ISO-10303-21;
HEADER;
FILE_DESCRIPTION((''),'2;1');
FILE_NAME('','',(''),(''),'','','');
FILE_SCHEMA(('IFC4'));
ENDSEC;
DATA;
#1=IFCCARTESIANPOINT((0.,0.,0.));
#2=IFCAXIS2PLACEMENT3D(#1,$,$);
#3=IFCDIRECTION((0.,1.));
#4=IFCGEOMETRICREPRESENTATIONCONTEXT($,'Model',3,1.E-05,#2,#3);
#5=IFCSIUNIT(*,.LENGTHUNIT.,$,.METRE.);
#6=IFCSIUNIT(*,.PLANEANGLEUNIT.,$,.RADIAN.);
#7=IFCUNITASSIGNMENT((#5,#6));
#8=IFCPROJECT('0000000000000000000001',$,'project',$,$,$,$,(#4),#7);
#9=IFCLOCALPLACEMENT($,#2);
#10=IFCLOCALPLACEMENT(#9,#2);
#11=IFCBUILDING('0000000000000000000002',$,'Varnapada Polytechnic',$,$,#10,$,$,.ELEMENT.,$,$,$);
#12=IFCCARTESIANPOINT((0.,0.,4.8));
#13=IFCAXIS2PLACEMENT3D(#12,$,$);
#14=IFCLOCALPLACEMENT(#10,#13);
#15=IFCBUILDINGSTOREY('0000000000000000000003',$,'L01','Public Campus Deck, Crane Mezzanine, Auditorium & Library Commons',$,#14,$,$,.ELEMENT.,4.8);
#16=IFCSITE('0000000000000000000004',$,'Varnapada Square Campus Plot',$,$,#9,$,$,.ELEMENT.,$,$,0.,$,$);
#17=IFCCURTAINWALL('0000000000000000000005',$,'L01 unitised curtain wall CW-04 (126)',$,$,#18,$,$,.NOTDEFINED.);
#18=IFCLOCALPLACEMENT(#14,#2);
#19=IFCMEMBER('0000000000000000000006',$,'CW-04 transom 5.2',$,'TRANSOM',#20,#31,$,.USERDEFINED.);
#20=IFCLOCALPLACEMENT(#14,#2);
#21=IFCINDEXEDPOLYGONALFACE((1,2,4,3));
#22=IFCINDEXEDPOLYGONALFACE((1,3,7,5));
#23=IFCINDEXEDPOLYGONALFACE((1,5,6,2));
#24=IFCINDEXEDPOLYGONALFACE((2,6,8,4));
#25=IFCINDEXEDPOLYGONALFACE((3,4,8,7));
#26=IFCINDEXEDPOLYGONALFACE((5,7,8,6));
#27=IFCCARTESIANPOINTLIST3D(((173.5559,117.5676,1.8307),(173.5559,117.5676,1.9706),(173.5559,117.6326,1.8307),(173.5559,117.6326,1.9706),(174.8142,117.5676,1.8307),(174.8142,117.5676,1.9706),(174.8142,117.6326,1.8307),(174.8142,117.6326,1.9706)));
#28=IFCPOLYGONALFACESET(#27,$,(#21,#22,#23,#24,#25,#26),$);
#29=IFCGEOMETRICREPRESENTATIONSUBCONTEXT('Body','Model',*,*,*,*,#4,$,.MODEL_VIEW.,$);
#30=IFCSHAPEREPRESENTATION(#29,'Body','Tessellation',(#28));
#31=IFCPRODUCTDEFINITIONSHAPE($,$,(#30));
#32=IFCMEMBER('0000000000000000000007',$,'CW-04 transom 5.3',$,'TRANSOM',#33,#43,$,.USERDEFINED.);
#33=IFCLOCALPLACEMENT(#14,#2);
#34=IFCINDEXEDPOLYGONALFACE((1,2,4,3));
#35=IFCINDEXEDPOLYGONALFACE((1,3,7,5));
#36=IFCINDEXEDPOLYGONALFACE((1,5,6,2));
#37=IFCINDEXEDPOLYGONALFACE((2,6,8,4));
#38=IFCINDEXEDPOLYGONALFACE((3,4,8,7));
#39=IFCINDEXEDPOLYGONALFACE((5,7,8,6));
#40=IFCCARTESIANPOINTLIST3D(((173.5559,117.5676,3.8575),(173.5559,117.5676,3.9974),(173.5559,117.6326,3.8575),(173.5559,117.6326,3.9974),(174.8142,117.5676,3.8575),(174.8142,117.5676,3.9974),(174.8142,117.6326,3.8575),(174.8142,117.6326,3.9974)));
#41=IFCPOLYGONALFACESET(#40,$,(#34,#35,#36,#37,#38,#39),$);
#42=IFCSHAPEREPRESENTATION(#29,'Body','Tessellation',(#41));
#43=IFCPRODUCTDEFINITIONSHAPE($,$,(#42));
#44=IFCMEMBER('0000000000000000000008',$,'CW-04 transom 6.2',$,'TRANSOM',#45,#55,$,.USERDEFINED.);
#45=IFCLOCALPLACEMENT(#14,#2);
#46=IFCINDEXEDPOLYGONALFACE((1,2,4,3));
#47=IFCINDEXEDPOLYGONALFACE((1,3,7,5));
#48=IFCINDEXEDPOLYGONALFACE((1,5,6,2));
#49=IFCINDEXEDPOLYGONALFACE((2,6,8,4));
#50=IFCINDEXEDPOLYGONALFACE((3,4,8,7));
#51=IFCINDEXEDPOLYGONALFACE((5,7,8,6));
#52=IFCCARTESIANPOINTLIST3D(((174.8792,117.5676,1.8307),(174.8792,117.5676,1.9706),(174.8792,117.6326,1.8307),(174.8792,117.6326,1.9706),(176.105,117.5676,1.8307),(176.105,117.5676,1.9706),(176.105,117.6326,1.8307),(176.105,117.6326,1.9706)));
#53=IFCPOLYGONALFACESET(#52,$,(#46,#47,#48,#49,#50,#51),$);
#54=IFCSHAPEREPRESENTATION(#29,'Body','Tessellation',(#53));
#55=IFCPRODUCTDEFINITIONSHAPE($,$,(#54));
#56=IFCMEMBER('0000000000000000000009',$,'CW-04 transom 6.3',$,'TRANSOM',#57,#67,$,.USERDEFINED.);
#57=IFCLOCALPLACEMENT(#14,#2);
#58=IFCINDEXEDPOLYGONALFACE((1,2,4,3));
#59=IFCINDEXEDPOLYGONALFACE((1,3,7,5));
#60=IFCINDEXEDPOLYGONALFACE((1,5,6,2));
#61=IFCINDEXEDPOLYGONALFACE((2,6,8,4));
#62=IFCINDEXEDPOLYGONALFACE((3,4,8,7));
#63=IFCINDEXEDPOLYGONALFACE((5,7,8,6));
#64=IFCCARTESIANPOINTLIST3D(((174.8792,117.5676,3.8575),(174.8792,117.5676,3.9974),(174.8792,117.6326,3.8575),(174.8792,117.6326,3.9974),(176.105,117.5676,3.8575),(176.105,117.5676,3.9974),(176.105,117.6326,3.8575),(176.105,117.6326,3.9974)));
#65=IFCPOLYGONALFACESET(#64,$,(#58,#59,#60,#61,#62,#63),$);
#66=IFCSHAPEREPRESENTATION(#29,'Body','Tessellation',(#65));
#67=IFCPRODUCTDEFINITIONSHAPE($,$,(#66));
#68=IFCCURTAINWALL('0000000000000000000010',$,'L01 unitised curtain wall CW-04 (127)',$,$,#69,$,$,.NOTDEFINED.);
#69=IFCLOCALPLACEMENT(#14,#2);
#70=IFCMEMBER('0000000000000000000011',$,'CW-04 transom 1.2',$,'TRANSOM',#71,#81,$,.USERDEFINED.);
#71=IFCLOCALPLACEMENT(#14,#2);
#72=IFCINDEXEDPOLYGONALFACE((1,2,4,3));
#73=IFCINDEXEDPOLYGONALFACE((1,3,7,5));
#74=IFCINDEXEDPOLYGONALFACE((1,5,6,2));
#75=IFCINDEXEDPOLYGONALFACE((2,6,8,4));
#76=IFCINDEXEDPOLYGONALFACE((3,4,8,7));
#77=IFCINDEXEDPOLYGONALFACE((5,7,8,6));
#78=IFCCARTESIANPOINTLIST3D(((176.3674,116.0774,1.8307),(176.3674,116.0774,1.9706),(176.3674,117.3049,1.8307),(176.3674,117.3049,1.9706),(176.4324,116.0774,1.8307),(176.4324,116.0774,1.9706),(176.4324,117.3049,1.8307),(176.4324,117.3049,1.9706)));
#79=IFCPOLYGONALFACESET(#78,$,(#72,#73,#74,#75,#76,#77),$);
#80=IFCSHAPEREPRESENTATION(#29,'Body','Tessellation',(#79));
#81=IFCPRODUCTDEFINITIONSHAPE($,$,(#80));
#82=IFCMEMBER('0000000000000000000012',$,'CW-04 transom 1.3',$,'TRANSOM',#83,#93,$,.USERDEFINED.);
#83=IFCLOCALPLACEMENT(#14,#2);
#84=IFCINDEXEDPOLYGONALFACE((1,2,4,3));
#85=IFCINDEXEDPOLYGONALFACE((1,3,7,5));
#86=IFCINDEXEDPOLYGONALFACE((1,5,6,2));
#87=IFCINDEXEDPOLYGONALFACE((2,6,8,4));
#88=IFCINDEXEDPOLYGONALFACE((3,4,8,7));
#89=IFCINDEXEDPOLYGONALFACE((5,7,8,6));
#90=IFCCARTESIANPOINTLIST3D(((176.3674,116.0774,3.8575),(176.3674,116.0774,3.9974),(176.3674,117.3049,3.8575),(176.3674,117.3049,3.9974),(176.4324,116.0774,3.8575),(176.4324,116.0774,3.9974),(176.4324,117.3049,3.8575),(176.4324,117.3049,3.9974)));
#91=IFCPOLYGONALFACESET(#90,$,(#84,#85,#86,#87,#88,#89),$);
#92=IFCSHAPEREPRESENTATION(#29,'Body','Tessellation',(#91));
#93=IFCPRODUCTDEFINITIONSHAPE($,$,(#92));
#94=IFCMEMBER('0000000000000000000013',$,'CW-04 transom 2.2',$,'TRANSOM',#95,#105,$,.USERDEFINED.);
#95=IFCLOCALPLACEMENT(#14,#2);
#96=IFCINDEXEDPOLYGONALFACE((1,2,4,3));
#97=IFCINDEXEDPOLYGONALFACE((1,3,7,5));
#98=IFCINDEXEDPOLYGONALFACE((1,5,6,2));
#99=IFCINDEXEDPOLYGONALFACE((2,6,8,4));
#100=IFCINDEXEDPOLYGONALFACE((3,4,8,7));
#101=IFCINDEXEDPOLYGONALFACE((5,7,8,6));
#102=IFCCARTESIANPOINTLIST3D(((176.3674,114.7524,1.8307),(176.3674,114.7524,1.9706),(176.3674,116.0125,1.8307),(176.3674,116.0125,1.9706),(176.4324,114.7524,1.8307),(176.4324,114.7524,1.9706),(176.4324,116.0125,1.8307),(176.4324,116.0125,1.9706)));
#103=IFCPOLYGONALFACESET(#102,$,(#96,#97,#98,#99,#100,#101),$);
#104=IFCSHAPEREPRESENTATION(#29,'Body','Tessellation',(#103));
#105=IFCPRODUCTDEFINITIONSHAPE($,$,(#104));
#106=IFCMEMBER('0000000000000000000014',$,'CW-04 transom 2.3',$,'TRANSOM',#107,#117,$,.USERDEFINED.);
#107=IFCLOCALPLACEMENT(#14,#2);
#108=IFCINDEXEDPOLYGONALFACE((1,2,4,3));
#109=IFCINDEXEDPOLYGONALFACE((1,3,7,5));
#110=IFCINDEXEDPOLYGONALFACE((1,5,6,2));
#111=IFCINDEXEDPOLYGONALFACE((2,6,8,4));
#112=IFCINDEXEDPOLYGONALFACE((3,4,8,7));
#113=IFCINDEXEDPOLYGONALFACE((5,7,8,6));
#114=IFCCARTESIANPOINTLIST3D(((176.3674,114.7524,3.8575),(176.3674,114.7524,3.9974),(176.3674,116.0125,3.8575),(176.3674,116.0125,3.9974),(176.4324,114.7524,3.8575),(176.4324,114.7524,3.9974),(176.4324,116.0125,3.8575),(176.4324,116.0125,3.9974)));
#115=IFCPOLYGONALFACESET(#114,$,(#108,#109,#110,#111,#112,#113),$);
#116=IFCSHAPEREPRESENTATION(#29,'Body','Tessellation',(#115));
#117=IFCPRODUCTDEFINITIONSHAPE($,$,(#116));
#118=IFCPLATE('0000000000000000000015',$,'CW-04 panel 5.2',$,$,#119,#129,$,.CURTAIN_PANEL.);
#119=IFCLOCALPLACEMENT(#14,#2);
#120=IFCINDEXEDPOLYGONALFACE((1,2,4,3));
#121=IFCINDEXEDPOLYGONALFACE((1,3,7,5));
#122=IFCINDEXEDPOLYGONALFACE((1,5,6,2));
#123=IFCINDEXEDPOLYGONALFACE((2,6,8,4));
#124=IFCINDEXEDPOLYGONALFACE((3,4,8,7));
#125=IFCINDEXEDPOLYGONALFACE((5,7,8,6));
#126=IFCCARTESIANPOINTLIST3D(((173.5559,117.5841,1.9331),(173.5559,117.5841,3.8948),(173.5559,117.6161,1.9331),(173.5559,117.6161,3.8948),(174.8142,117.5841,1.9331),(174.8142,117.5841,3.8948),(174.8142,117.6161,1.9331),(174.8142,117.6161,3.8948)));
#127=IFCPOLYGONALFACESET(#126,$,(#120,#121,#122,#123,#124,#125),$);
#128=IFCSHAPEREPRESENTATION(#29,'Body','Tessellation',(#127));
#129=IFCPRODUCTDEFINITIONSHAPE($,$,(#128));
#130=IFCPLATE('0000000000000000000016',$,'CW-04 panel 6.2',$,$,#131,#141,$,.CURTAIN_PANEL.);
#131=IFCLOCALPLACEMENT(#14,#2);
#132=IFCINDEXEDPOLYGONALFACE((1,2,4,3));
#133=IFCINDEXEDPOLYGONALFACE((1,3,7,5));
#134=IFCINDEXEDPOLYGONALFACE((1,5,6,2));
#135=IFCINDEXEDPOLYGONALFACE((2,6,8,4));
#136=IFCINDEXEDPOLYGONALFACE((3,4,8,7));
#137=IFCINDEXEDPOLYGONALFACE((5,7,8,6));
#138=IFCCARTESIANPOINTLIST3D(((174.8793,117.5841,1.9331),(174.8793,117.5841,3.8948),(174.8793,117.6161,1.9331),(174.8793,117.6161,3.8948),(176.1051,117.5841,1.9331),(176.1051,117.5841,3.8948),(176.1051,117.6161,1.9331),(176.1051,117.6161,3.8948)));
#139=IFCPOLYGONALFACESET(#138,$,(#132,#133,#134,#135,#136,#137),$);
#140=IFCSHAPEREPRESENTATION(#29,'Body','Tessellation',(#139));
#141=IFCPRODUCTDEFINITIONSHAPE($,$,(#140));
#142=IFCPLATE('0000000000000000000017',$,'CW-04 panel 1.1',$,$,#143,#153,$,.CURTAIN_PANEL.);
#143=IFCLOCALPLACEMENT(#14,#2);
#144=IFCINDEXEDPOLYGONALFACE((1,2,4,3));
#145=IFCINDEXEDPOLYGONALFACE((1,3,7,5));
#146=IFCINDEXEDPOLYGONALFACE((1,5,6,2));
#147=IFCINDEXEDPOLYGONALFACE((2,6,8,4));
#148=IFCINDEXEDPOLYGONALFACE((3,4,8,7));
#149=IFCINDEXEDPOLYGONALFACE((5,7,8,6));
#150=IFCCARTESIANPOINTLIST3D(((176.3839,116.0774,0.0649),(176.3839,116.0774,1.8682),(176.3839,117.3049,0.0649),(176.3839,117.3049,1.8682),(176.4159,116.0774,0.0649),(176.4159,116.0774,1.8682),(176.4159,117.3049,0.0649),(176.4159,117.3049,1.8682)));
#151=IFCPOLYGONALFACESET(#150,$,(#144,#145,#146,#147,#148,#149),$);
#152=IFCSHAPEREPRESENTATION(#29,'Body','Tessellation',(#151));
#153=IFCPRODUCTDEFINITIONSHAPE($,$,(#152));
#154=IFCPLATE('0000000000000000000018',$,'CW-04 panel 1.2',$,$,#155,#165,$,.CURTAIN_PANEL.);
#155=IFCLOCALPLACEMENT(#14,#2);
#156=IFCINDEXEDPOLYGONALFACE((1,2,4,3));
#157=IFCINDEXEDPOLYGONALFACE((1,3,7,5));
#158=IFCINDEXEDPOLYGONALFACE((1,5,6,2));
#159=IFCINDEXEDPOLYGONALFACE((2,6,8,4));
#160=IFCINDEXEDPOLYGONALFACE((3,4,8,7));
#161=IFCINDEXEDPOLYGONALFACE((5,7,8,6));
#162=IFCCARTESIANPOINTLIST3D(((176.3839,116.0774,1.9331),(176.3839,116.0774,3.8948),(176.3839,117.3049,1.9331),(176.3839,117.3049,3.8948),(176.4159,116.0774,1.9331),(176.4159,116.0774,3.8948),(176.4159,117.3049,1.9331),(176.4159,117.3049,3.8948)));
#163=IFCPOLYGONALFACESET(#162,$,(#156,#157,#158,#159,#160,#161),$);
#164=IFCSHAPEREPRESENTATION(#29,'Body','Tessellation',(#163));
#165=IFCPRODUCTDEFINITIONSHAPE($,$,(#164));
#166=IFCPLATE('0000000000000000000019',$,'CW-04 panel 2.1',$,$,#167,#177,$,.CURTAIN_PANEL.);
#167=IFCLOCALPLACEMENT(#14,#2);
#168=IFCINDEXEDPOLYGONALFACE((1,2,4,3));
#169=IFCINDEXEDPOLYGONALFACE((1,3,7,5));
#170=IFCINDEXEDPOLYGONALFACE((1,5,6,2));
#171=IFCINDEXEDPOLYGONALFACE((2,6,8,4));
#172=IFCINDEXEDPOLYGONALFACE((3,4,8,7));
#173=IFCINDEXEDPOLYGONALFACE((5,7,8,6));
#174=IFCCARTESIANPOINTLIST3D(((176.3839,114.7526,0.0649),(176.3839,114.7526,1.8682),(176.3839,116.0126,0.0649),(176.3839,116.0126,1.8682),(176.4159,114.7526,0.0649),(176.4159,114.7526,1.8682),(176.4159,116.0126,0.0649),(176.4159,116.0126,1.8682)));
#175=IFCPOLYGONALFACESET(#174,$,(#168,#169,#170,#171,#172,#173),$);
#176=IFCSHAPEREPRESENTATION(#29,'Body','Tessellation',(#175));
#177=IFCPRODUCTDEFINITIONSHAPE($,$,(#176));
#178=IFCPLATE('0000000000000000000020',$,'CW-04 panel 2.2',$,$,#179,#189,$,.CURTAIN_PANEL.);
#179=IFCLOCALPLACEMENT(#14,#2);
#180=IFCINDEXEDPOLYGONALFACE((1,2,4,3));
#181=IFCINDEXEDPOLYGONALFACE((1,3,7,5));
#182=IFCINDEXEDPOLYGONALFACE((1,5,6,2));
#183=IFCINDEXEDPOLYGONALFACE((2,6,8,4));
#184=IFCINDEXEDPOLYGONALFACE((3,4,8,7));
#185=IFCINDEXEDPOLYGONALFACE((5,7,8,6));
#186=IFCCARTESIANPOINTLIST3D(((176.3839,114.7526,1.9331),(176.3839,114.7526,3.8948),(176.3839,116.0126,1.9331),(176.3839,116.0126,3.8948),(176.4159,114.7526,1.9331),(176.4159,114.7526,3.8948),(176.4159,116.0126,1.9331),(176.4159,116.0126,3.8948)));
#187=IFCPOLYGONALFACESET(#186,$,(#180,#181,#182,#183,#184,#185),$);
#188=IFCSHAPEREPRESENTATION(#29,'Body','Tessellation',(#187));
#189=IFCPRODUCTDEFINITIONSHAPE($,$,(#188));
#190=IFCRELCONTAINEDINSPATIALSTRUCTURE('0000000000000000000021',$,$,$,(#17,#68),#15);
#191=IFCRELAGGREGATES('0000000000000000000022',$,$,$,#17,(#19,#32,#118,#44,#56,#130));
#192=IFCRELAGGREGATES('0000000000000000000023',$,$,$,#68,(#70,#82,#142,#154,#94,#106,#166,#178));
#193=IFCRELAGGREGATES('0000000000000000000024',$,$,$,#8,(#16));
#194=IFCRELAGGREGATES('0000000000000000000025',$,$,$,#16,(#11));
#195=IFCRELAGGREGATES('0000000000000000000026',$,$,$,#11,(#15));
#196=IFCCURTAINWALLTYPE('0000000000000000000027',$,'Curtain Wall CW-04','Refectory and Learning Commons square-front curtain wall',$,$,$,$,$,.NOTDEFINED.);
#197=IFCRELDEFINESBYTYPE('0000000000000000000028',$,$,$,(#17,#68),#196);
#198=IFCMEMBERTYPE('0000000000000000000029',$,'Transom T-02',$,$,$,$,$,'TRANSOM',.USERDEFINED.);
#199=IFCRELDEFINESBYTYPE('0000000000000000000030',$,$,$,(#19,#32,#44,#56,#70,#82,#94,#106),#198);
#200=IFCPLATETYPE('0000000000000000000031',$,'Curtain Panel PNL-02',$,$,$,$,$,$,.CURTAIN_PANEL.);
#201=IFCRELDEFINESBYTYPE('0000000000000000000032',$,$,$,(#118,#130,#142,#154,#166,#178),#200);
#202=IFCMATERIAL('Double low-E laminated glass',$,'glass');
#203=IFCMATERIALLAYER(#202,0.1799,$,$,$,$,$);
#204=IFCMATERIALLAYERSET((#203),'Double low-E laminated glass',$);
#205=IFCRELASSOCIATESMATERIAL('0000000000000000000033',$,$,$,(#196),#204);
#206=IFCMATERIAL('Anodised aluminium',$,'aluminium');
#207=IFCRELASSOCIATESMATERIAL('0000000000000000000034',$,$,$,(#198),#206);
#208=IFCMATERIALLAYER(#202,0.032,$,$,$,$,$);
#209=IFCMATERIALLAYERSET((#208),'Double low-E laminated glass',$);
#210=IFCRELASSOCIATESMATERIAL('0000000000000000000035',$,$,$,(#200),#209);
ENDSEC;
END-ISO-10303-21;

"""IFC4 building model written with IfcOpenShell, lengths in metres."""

from ifc_helpers import new_model, si_unit, direction, frame, origin, origin_2d, place, context, subcontext, project, spatial, rectangle, extrude, material, layer, layer_set, material_profile, profile_set, type_object, element, aggregate, save


model = new_model("IFC4")

# Units and contexts
model_context = context("Model", 3, precision=1e-05, world=origin(), true_north=direction((0.0, 1.0)))
body_context = subcontext(model_context, "Body", "Model", "MODEL_VIEW")
ifc_project = project(units=[si_unit("LENGTHUNIT", "METRE"), si_unit("PLANEANGLEUNIT", "RADIAN")], contexts=[model_context])

# Site, building, storey
site_placement = place(None, origin())
site = spatial("IfcSite", under=ifc_project, at=site_placement, Name="Varnapada Square Campus Plot", CompositionType="ELEMENT", RefElevation=0.0)
building_placement = place(site_placement, origin())
building = spatial("IfcBuilding", under=site, at=building_placement, Name="Varnapada Polytechnic", CompositionType="ELEMENT")
storey_placement = place(building_placement, frame((0.0, 0.0, 4.8)))
storey = spatial("IfcBuildingStorey", under=building, at=storey_placement, Name="L01", Description="Public Campus Deck, Crane Mezzanine, Auditorium & Library Commons", CompositionType="ELEMENT", Elevation=4.8)

# Curtain walls, members
ifc_material_1 = material(Name="Double low-E laminated glass", Category="glass")
ifc_layer_1 = layer(ifc_material_1, 0.1799)
ifc_layer_set_1 = layer_set([ifc_layer_1], Name="Double low-E laminated glass")
curtain_wall_type = type_object("IfcCurtainWallType", Name="Curtain Wall CW-04", Description="Refectory and Learning Commons square-front curtain wall", PredefinedType="NOTDEFINED", material=ifc_layer_set_1)
curtain_wall_1_placement = place(storey_placement, origin())
curtain_wall_1 = element("IfcCurtainWall", 1, at=curtain_wall_1_placement, inside=storey, type_object=curtain_wall_type, Name="L01 unitised curtain wall CW-04 (126)", PredefinedType="NOTDEFINED")
ifc_material_2 = material(Name="Anodised aluminium", Category="aluminium")
ifc_material_profile = material_profile(ifc_material_2, rectangle(XDim=0.0649, YDim=0.1399, at=origin_2d()), Name="ALU T65x140")
ifc_profile_set = profile_set([ifc_material_profile], Name="Anodised aluminium")
member_type = type_object("IfcMemberType", Name="Transom T-02", ElementType="TRANSOM", PredefinedType="USERDEFINED", material=ifc_profile_set)
member_1_placement = place(storey_placement, frame((173.5559, 117.6001, 1.9006), z_axis=(1.0, 0.0, 0.0), x_axis=(0.0, 1.0, 0.0)))
member_1 = element("IfcMember", 2, at=member_1_placement, type_object=member_type, Name="CW-04 transom 5.2", ObjectType="TRANSOM", PredefinedType="USERDEFINED", context=body_context, shape_type="SweptSolid", body=[
    extrude(rectangle(XDim=0.0649, YDim=0.1399, at=origin_2d()), origin(), (0.0, 0.0, 1.0), 1.2583),
])
member_2_placement = place(storey_placement, frame((173.5559, 117.6001, 3.9275), z_axis=(1.0, 0.0, 0.0), x_axis=(0.0, 1.0, 0.0)))
member_2 = element("IfcMember", 3, at=member_2_placement, type_object=member_type, Name="CW-04 transom 5.3", ObjectType="TRANSOM", PredefinedType="USERDEFINED", context=body_context, shape_type="SweptSolid", body=[
    extrude(rectangle(XDim=0.0649, YDim=0.1399, at=origin_2d()), origin(), (0.0, 0.0, 1.0), 1.2583),
])
member_3_placement = place(storey_placement, frame((174.8792, 117.6001, 1.9006), z_axis=(1.0, 0.0, 0.0), x_axis=(0.0, 1.0, 0.0)))
member_3 = element("IfcMember", 4, at=member_3_placement, type_object=member_type, Name="CW-04 transom 6.2", ObjectType="TRANSOM", PredefinedType="USERDEFINED", context=body_context, shape_type="SweptSolid", body=[
    extrude(rectangle(XDim=0.0649, YDim=0.1399, at=origin_2d()), origin(), (0.0, 0.0, 1.0), 1.2258),
])
member_4_placement = place(storey_placement, frame((174.8792, 117.6001, 3.9275), z_axis=(1.0, 0.0, 0.0), x_axis=(0.0, 1.0, 0.0)))
member_4 = element("IfcMember", 5, at=member_4_placement, type_object=member_type, Name="CW-04 transom 6.3", ObjectType="TRANSOM", PredefinedType="USERDEFINED", context=body_context, shape_type="SweptSolid", body=[
    extrude(rectangle(XDim=0.0649, YDim=0.1399, at=origin_2d()), origin(), (0.0, 0.0, 1.0), 1.2258),
])
curtain_wall_2_placement = place(storey_placement, origin())
curtain_wall_2 = element("IfcCurtainWall", 6, at=curtain_wall_2_placement, inside=storey, type_object=curtain_wall_type, Name="L01 unitised curtain wall CW-04 (127)", PredefinedType="NOTDEFINED")
member_5_placement = place(storey_placement, frame((176.3999, 117.3049, 1.9006), z_axis=(0.0, -1.0, 0.0), x_axis=(1.0, 0.0, 0.0)))
member_5 = element("IfcMember", 7, at=member_5_placement, type_object=member_type, Name="CW-04 transom 1.2", ObjectType="TRANSOM", PredefinedType="USERDEFINED", context=body_context, shape_type="SweptSolid", body=[
    extrude(rectangle(XDim=0.0649, YDim=0.1399, at=origin_2d()), origin(), (0.0, 0.0, 1.0), 1.2275),
])
member_6_placement = place(storey_placement, frame((176.3999, 117.3049, 3.9275), z_axis=(0.0, -1.0, 0.0), x_axis=(1.0, 0.0, 0.0)))
member_6 = element("IfcMember", 8, at=member_6_placement, type_object=member_type, Name="CW-04 transom 1.3", ObjectType="TRANSOM", PredefinedType="USERDEFINED", context=body_context, shape_type="SweptSolid", body=[
    extrude(rectangle(XDim=0.0649, YDim=0.1399, at=origin_2d()), origin(), (0.0, 0.0, 1.0), 1.2275),
])
member_7_placement = place(storey_placement, frame((176.3999, 116.0125, 1.9006), z_axis=(0.0, -1.0, 0.0), x_axis=(1.0, 0.0, 0.0)))
member_7 = element("IfcMember", 9, at=member_7_placement, type_object=member_type, Name="CW-04 transom 2.2", ObjectType="TRANSOM", PredefinedType="USERDEFINED", context=body_context, shape_type="SweptSolid", body=[
    extrude(rectangle(XDim=0.0649, YDim=0.1399, at=origin_2d()), origin(), (0.0, 0.0, 1.0), 1.26),
])
member_8_placement = place(storey_placement, frame((176.3999, 116.0125, 3.9275), z_axis=(0.0, -1.0, 0.0), x_axis=(1.0, 0.0, 0.0)))
member_8 = element("IfcMember", 10, at=member_8_placement, type_object=member_type, Name="CW-04 transom 2.3", ObjectType="TRANSOM", PredefinedType="USERDEFINED", context=body_context, shape_type="SweptSolid", body=[
    extrude(rectangle(XDim=0.0649, YDim=0.1399, at=origin_2d()), origin(), (0.0, 0.0, 1.0), 1.26),
])

# Plates
ifc_layer_2 = layer(ifc_material_1, 0.032)
ifc_layer_set_2 = layer_set([ifc_layer_2], Name="Double low-E laminated glass")
plate_type = type_object("IfcPlateType", Name="Curtain Panel PNL-02", PredefinedType="CURTAIN_PANEL", material=ifc_layer_set_2)
plate_1_placement = place(storey_placement, frame((174.1851, 117.6001, 1.9331), z_axis=(0.0, 0.0, 1.0), x_axis=(1.0, 0.0, 0.0)))
plate_1 = element("IfcPlate", 11, at=plate_1_placement, type_object=plate_type, Name="CW-04 panel 5.2", PredefinedType="CURTAIN_PANEL", context=body_context, shape_type="SweptSolid", body=[
    extrude(rectangle(XDim=1.2583, YDim=0.032, at=origin_2d()), origin(), (0.0, 0.0, 1.0), 1.9617),
])
plate_2_placement = place(storey_placement, frame((175.4922, 117.6001, 1.9331), z_axis=(0.0, 0.0, 1.0), x_axis=(1.0, 0.0, 0.0)))
plate_2 = element("IfcPlate", 12, at=plate_2_placement, type_object=plate_type, Name="CW-04 panel 6.2", PredefinedType="CURTAIN_PANEL", context=body_context, shape_type="SweptSolid", body=[
    extrude(rectangle(XDim=1.2258, YDim=0.032, at=origin_2d()), origin(), (0.0, 0.0, 1.0), 1.9617),
])
aggregate(curtain_wall_1, [member_1, member_2, plate_1, member_3, member_4, plate_2])
plate_3_placement = place(storey_placement, frame((176.3999, 116.6912, 0.0649), z_axis=(0.0, 0.0, 1.0), x_axis=(0.0, -1.0, 0.0)))
plate_3 = element("IfcPlate", 13, at=plate_3_placement, type_object=plate_type, Name="CW-04 panel 1.1", PredefinedType="CURTAIN_PANEL", context=body_context, shape_type="SweptSolid", body=[
    extrude(rectangle(XDim=1.2275, YDim=0.032, at=origin_2d()), origin(), (0.0, 0.0, 1.0), 1.8032),
])
plate_4_placement = place(storey_placement, frame((176.3999, 116.6912, 1.9331), z_axis=(0.0, 0.0, 1.0), x_axis=(0.0, -1.0, 0.0)))
plate_4 = element("IfcPlate", 14, at=plate_4_placement, type_object=plate_type, Name="CW-04 panel 1.2", PredefinedType="CURTAIN_PANEL", context=body_context, shape_type="SweptSolid", body=[
    extrude(rectangle(XDim=1.2275, YDim=0.032, at=origin_2d()), origin(), (0.0, 0.0, 1.0), 1.9617),
])
plate_5_placement = place(storey_placement, frame((176.3999, 115.3826, 0.0649), z_axis=(0.0, 0.0, 1.0), x_axis=(0.0, -1.0, 0.0)))
plate_5 = element("IfcPlate", 15, at=plate_5_placement, type_object=plate_type, Name="CW-04 panel 2.1", PredefinedType="CURTAIN_PANEL", context=body_context, shape_type="SweptSolid", body=[
    extrude(rectangle(XDim=1.26, YDim=0.032, at=origin_2d()), origin(), (0.0, 0.0, 1.0), 1.8032),
])
plate_6_placement = place(storey_placement, frame((176.3999, 115.3826, 1.9331), z_axis=(0.0, 0.0, 1.0), x_axis=(0.0, -1.0, 0.0)))
plate_6 = element("IfcPlate", 16, at=plate_6_placement, type_object=plate_type, Name="CW-04 panel 2.2", PredefinedType="CURTAIN_PANEL", context=body_context, shape_type="SweptSolid", body=[
    extrude(rectangle(XDim=1.26, YDim=0.032, at=origin_2d()), origin(), (0.0, 0.0, 1.0), 1.9617),
])
aggregate(curtain_wall_2, [member_5, member_6, plate_3, plate_4, member_7, member_8, plate_5, plate_6])

save(model, "model.ifc")
